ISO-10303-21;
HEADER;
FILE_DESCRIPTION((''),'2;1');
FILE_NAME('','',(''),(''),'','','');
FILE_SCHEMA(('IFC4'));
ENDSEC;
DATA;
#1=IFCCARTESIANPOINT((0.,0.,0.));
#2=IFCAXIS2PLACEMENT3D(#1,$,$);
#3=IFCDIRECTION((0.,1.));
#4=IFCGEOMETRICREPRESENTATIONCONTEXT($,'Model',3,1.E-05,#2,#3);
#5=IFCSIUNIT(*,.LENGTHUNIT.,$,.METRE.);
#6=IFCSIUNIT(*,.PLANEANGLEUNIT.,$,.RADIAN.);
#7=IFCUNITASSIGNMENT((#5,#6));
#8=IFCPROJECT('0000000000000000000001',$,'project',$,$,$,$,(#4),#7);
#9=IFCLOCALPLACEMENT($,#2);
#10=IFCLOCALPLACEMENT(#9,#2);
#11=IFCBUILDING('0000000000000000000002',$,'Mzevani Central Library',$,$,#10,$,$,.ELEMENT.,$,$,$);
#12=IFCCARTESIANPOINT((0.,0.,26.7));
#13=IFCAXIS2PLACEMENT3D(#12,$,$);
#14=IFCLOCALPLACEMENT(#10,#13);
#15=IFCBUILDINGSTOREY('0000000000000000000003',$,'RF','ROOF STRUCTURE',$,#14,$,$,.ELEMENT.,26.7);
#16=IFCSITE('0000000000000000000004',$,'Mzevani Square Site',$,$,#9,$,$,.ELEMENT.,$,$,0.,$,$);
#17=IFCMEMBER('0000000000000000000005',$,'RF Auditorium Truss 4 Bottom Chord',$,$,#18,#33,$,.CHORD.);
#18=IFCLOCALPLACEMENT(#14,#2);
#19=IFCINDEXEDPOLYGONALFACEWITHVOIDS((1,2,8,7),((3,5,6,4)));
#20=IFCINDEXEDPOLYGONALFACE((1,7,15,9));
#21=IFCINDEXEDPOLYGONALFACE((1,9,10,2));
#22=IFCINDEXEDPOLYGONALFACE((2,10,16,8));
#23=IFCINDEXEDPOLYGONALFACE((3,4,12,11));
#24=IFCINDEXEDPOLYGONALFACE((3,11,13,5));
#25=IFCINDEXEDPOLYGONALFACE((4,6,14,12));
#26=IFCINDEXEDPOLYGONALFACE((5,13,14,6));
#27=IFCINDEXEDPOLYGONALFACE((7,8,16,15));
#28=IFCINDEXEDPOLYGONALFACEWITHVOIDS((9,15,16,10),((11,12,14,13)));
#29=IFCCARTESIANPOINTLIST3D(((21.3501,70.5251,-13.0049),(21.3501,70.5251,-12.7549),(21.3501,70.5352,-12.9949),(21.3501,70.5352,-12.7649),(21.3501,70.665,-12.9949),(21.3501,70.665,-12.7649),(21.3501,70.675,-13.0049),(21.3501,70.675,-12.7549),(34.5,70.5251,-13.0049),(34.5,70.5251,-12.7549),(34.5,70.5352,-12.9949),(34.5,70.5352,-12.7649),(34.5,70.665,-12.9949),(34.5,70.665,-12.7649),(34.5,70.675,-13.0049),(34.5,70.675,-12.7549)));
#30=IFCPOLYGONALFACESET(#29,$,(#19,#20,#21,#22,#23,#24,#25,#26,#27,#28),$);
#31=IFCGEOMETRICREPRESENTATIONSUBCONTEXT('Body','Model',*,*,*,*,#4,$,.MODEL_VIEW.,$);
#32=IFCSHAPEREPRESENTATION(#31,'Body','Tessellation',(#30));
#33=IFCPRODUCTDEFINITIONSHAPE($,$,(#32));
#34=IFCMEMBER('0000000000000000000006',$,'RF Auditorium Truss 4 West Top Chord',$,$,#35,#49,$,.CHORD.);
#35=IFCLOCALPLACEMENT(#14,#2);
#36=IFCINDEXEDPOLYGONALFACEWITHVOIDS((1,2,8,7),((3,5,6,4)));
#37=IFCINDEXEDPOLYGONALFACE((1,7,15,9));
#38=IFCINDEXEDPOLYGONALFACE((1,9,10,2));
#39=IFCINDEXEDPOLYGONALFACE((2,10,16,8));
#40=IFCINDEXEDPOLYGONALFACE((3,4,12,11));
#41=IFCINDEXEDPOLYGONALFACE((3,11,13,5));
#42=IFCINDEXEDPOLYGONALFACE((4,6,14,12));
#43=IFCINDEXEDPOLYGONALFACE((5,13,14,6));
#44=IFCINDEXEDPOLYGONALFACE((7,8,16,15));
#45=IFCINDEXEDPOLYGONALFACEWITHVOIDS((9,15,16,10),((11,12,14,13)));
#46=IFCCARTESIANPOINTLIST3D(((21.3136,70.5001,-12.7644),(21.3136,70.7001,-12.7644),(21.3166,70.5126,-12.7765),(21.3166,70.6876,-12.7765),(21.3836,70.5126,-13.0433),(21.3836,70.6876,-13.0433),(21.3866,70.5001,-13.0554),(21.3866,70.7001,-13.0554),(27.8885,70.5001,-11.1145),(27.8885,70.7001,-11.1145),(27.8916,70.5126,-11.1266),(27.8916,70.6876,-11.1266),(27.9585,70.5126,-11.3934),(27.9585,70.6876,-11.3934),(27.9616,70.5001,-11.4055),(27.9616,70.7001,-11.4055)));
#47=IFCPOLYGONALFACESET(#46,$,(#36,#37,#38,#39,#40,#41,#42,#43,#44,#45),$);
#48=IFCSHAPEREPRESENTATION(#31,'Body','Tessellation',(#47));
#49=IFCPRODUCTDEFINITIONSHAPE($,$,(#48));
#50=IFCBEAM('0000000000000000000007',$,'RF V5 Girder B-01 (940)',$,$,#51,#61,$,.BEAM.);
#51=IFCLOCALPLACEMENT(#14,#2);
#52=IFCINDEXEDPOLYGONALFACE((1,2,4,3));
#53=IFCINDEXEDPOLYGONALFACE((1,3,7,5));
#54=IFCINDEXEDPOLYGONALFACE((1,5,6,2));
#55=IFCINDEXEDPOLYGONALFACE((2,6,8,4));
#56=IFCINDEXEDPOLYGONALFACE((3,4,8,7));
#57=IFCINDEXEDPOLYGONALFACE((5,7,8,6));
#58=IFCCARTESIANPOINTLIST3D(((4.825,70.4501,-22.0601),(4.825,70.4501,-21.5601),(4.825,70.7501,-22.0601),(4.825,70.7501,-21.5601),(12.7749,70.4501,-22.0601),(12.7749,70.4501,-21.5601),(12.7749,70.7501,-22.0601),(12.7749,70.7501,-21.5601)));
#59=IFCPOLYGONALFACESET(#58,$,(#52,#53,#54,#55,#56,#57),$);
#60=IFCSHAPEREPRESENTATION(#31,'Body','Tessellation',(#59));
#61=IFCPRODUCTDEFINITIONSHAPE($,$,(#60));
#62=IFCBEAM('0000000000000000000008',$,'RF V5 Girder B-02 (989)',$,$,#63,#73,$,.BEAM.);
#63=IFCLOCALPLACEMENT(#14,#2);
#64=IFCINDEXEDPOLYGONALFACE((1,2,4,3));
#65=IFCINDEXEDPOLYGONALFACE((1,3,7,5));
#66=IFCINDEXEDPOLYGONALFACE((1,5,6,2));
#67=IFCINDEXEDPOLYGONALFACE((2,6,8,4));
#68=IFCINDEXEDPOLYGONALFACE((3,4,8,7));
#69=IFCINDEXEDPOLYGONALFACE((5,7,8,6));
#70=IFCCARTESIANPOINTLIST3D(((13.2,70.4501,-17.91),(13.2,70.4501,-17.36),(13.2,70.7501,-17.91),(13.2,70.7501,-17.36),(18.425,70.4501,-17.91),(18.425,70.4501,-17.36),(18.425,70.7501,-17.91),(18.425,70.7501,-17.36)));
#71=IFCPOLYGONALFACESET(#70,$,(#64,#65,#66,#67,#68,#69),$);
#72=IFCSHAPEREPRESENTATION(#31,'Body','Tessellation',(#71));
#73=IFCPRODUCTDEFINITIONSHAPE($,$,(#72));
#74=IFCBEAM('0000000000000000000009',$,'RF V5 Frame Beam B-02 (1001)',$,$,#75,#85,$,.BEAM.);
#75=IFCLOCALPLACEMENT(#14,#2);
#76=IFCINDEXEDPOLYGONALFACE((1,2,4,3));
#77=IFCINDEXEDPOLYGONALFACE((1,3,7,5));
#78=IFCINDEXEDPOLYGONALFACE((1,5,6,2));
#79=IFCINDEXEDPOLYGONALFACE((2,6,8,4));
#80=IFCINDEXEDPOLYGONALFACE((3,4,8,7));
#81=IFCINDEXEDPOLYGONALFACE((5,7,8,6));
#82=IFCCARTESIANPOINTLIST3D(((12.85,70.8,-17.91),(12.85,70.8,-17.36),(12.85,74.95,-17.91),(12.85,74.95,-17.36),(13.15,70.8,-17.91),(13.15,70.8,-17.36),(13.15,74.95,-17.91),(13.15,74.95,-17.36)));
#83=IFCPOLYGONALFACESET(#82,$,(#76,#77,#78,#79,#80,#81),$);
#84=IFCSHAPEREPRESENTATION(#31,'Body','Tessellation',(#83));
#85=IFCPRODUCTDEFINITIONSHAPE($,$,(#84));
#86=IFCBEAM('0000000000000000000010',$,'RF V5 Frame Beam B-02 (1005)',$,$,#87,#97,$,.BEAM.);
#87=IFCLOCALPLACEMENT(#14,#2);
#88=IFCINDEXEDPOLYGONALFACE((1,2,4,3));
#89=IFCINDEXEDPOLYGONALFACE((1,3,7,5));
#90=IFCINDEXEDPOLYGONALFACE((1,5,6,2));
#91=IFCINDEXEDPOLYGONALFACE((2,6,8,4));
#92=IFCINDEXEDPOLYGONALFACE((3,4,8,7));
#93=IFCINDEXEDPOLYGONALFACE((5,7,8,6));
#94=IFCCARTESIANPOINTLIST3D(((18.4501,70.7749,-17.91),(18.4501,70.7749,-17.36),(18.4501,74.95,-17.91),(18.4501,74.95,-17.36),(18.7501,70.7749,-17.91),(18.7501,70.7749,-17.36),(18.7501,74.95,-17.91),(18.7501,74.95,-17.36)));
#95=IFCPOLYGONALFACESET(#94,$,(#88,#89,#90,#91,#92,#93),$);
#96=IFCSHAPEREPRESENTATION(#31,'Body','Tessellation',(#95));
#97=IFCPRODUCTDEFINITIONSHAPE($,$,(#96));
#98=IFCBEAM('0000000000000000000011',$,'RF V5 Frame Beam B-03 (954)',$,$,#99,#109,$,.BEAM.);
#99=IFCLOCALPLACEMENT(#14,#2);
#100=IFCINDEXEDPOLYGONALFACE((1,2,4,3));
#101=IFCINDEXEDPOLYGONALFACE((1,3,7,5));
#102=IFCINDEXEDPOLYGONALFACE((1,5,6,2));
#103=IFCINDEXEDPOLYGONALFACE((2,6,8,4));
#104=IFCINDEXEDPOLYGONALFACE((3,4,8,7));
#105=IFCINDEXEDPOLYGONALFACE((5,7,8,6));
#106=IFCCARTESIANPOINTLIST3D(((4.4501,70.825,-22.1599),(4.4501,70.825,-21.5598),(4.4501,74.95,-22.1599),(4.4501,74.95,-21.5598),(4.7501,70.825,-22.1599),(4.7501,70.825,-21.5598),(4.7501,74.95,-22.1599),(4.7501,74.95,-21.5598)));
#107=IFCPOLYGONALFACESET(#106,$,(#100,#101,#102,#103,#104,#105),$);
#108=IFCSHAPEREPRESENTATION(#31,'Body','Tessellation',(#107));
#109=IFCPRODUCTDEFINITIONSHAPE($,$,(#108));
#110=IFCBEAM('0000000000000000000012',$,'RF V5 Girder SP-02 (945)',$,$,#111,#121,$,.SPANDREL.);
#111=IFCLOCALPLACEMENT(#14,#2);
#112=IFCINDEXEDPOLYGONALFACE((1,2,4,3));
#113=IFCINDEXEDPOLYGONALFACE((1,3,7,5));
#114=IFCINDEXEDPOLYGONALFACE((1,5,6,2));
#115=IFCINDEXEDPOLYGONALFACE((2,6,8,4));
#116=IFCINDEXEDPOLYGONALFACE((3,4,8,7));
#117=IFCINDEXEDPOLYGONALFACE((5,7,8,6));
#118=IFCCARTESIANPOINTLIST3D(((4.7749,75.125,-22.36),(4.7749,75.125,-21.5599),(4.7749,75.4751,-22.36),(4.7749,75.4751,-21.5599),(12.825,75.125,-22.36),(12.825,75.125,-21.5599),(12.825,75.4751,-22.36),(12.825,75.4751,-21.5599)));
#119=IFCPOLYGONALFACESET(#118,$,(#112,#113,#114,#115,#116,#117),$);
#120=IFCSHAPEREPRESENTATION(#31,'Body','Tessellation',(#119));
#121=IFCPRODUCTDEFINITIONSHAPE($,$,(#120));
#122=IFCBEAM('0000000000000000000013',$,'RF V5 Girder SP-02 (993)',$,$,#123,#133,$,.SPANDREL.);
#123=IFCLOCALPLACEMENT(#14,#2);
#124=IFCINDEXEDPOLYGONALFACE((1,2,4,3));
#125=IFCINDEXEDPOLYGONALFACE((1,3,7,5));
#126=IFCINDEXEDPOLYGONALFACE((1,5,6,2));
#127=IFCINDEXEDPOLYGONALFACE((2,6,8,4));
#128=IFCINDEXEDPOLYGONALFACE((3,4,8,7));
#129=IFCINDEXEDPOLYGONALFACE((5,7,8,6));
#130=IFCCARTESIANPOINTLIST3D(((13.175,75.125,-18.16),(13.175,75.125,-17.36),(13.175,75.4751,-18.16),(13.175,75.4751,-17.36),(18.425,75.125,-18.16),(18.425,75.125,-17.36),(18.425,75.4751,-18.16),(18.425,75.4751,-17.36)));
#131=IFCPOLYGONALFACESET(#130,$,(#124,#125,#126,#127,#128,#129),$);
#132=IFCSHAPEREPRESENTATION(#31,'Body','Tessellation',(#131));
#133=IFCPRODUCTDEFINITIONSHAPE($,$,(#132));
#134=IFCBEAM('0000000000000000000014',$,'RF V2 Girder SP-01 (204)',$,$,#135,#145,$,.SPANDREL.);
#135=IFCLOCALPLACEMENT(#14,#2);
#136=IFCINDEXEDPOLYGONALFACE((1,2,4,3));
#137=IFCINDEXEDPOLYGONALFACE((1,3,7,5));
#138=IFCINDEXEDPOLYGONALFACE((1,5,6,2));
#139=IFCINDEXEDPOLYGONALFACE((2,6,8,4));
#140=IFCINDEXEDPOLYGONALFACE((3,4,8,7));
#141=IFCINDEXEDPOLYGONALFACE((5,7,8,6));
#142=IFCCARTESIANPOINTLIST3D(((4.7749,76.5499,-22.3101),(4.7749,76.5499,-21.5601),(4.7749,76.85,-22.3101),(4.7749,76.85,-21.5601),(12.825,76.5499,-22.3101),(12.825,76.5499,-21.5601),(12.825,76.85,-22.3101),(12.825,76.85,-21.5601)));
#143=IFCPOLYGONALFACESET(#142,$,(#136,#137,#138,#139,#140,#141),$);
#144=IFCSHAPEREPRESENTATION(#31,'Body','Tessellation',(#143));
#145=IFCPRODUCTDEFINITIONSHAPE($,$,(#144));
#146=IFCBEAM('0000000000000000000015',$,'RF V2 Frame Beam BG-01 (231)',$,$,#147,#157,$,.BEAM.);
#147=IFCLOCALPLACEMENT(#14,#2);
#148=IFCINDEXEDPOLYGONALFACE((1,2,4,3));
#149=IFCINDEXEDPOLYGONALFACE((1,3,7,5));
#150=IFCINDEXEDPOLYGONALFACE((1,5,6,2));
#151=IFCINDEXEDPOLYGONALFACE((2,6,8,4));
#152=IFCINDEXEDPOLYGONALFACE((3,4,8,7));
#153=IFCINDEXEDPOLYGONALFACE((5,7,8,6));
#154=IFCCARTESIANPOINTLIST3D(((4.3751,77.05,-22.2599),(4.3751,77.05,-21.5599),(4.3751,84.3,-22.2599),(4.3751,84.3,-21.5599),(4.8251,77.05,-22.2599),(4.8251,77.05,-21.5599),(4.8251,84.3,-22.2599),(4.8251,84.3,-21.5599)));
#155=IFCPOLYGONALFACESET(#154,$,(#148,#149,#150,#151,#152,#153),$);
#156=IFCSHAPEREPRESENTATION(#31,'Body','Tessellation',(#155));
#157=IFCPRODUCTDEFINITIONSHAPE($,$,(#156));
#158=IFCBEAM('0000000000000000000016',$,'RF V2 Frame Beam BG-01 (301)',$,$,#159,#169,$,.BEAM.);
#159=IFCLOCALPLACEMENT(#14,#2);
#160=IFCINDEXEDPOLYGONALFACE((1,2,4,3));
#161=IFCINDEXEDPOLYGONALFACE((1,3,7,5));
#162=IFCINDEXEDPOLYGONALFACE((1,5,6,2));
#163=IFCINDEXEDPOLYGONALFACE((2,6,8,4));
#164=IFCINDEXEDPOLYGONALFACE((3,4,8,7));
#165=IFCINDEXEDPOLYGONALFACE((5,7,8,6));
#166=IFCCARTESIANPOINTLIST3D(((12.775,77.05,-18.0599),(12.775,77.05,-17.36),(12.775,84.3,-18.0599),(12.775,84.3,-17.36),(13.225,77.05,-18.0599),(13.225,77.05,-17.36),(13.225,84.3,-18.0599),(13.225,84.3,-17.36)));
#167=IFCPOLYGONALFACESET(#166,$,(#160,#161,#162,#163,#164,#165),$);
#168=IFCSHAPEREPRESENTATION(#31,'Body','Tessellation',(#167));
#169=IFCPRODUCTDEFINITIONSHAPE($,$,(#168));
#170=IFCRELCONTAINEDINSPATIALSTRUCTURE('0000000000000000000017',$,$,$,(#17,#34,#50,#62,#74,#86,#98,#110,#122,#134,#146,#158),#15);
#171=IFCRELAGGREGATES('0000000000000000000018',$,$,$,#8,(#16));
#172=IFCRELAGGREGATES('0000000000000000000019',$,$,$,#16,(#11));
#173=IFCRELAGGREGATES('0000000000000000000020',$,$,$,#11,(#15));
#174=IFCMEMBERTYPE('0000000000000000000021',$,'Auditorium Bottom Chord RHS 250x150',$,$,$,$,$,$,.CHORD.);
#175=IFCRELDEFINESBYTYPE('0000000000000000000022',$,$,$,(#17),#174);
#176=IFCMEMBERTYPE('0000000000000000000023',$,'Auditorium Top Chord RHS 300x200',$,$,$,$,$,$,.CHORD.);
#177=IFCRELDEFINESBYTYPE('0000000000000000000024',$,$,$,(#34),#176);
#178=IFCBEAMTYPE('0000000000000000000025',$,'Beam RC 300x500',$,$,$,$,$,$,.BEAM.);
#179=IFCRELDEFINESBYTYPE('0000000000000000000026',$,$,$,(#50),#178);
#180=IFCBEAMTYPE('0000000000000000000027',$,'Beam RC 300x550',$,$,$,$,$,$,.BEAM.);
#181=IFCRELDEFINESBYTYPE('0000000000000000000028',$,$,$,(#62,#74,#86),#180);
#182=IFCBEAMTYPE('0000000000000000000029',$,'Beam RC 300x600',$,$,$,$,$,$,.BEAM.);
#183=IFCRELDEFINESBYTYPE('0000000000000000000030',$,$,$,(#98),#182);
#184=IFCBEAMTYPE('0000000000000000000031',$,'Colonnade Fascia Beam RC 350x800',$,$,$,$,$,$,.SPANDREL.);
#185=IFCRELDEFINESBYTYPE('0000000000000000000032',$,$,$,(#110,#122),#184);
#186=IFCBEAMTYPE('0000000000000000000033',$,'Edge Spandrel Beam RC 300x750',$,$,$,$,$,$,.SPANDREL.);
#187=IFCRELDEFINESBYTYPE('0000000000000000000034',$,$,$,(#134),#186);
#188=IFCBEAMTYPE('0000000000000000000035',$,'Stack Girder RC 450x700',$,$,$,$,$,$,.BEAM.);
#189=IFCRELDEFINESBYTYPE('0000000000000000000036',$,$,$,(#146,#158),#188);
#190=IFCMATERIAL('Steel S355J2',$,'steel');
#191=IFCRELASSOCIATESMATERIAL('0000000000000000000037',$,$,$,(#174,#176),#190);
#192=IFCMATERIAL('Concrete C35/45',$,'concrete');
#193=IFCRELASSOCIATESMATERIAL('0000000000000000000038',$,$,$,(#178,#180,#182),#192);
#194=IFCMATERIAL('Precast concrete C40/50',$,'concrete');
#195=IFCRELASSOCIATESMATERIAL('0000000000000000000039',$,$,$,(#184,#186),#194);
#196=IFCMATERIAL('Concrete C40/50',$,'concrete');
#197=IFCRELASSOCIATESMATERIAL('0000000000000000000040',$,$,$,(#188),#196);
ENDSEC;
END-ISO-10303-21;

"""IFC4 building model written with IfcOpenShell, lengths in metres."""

from ifc_helpers import new_model, si_unit, direction, frame, origin, origin_2d, place, context, subcontext, project, spatial, rectangle, hollow_rectangle, extrude, material, material_profile, profile_set, type_object, element, save


model = new_model("IFC4")

# Units and contexts
model_context = context("Model", 3, precision=1e-05, world=origin(), true_north=direction((0.0, 1.0)))
body_context = subcontext(model_context, "Body", "Model", "MODEL_VIEW")
ifc_project = project(units=[si_unit("LENGTHUNIT", "METRE"), si_unit("PLANEANGLEUNIT", "RADIAN")], contexts=[model_context])

# Site, building, storey
site_placement = place(None, origin())
site = spatial("IfcSite", under=ifc_project, at=site_placement, Name="Mzevani Square Site", CompositionType="ELEMENT", RefElevation=0.0)
building_placement = place(site_placement, origin())
building = spatial("IfcBuilding", under=site, at=building_placement, Name="Mzevani Central Library", CompositionType="ELEMENT")
storey_placement = place(building_placement, frame((0.0, 0.0, 26.7)))
storey = spatial("IfcBuildingStorey", under=building, at=storey_placement, Name="RF", Description="ROOF STRUCTURE", CompositionType="ELEMENT", Elevation=26.7)

# Members
ifc_material_1 = material(Name="Steel S355J2", Category="steel")
ifc_material_profile_1 = material_profile(ifc_material_1, hollow_rectangle(XDim=0.1499, YDim=0.25, WallThickness=0.01, at=origin_2d()), Name="RHS 250x150x10.0")
ifc_profile_set_1 = profile_set([ifc_material_profile_1], Name="Steel S355J2")
member_type_1 = type_object("IfcMemberType", Name="Auditorium Bottom Chord RHS 250x150", PredefinedType="CHORD", material=ifc_profile_set_1)
member_1_placement = place(storey_placement, frame((21.3501, 70.6001, -12.8799), z_axis=(1.0, 0.0, 0.0), x_axis=(0.0, 1.0, 0.0)))
element("IfcMember", 1, at=member_1_placement, inside=storey, type_object=member_type_1, Name="RF Auditorium Truss 4 Bottom Chord", PredefinedType="CHORD", context=body_context, shape_type="SweptSolid", body=[
    extrude(hollow_rectangle(XDim=0.1499, YDim=0.25, WallThickness=0.01, at=origin_2d()), origin(), (0.0, 0.0, 1.0), 13.1499),
])
ifc_material_profile_2 = material_profile(ifc_material_1, hollow_rectangle(XDim=0.2, YDim=0.3, WallThickness=0.0125, at=origin_2d()), Name="RHS 300x200x12.5")
ifc_profile_set_2 = profile_set([ifc_material_profile_2], Name="Steel S355J2")
member_type_2 = type_object("IfcMemberType", Name="Auditorium Top Chord RHS 300x200", PredefinedType="CHORD", material=ifc_profile_set_2)
member_2_placement = place(storey_placement, frame((21.3501, 70.6001, -12.9099), z_axis=(0.969928, 0.0, 0.243391), x_axis=(0.0, 1.0, 0.0)))
element("IfcMember", 2, at=member_2_placement, inside=storey, type_object=member_type_2, Name="RF Auditorium Truss 4 West Top Chord", PredefinedType="CHORD", context=body_context, shape_type="SweptSolid", body=[
    extrude(hollow_rectangle(XDim=0.2, YDim=0.3, WallThickness=0.0125, at=origin_2d()), origin(), (0.0, 0.0, 1.0), 6.7788),
])

# Beams
ifc_material_2 = material(Name="Concrete C35/45", Category="concrete")
ifc_material_profile_3 = material_profile(ifc_material_2, rectangle(XDim=0.3, YDim=0.5, at=origin_2d()), Name="RC B300x500")
ifc_profile_set_3 = profile_set([ifc_material_profile_3], Name="Concrete C35/45")
beam_type_1 = type_object("IfcBeamType", Name="Beam RC 300x500", PredefinedType="BEAM", material=ifc_profile_set_3)
beam_1_placement = place(storey_placement, frame((4.825, 70.6001, -21.8101), z_axis=(1.0, 0.0, 0.0), x_axis=(0.0, 1.0, 0.0)))
element("IfcBeam", 3, at=beam_1_placement, inside=storey, type_object=beam_type_1, Name="RF V5 Girder B-01 (940)", PredefinedType="BEAM", context=body_context, shape_type="SweptSolid", body=[
    extrude(rectangle(XDim=0.3, YDim=0.5, at=origin_2d()), origin(), (0.0, 0.0, 1.0), 7.95),
])
ifc_material_profile_4 = material_profile(ifc_material_2, rectangle(XDim=0.3, YDim=0.55, at=origin_2d()), Name="RC B300x550")
ifc_profile_set_4 = profile_set([ifc_material_profile_4], Name="Concrete C35/45")
beam_type_2 = type_object("IfcBeamType", Name="Beam RC 300x550", PredefinedType="BEAM", material=ifc_profile_set_4)
beam_2_placement = place(storey_placement, frame((13.2, 70.6001, -17.635), z_axis=(1.0, 0.0, 0.0), x_axis=(0.0, 1.0, 0.0)))
element("IfcBeam", 4, at=beam_2_placement, inside=storey, type_object=beam_type_2, Name="RF V5 Girder B-02 (989)", PredefinedType="BEAM", context=body_context, shape_type="SweptSolid", body=[
    extrude(rectangle(XDim=0.3, YDim=0.55, at=origin_2d()), origin(), (0.0, 0.0, 1.0), 5.2251),
])
beam_3_placement = place(storey_placement, frame((13.0, 70.8, -17.635), z_axis=(0.0, 1.0, 0.0), x_axis=(-1.0, 0.0, 0.0)))
element("IfcBeam", 5, at=beam_3_placement, inside=storey, type_object=beam_type_2, Name="RF V5 Frame Beam B-02 (1001)", PredefinedType="BEAM", context=body_context, shape_type="SweptSolid", body=[
    extrude(rectangle(XDim=0.3, YDim=0.55, at=origin_2d()), origin(), (0.0, 0.0, 1.0), 4.1499),
])
beam_4_placement = place(storey_placement, frame((18.6001, 70.7749, -17.635), z_axis=(0.0, 1.0, 0.0), x_axis=(-1.0, 0.0, 0.0)))
element("IfcBeam", 6, at=beam_4_placement, inside=storey, type_object=beam_type_2, Name="RF V5 Frame Beam B-02 (1005)", PredefinedType="BEAM", context=body_context, shape_type="SweptSolid", body=[
    extrude(rectangle(XDim=0.3, YDim=0.55, at=origin_2d()), origin(), (0.0, 0.0, 1.0), 4.175),
])
ifc_material_profile_5 = material_profile(ifc_material_2, rectangle(XDim=0.3, YDim=0.6001, at=origin_2d()), Name="RC B300x600")
ifc_profile_set_5 = profile_set([ifc_material_profile_5], Name="Concrete C35/45")
beam_type_3 = type_object("IfcBeamType", Name="Beam RC 300x600", PredefinedType="BEAM", material=ifc_profile_set_5)
beam_5_placement = place(storey_placement, frame((4.6001, 70.825, -21.8599), z_axis=(0.0, 1.0, 0.0), x_axis=(-1.0, 0.0, 0.0)))
element("IfcBeam", 7, at=beam_5_placement, inside=storey, type_object=beam_type_3, Name="RF V5 Frame Beam B-03 (954)", PredefinedType="BEAM", context=body_context, shape_type="SweptSolid", body=[
    extrude(rectangle(XDim=0.3, YDim=0.6001, at=origin_2d()), origin(), (0.0, 0.0, 1.0), 4.125),
])
ifc_material_3 = material(Name="Precast concrete C40/50", Category="concrete")
ifc_material_profile_6 = material_profile(ifc_material_3, rectangle(XDim=0.3501, YDim=0.8, at=origin_2d()), Name="RC SP350x800")
ifc_profile_set_6 = profile_set([ifc_material_profile_6], Name="Precast concrete C40/50")
beam_type_4 = type_object("IfcBeamType", Name="Colonnade Fascia Beam RC 350x800", PredefinedType="SPANDREL", material=ifc_profile_set_6)
beam_6_placement = place(storey_placement, frame((4.7749, 75.3, -21.96), z_axis=(1.0, 0.0, 0.0), x_axis=(0.0, 1.0, 0.0)))
element("IfcBeam", 8, at=beam_6_placement, inside=storey, type_object=beam_type_4, Name="RF V5 Girder SP-02 (945)", PredefinedType="SPANDREL", context=body_context, shape_type="SweptSolid", body=[
    extrude(rectangle(XDim=0.3501, YDim=0.8, at=origin_2d()), origin(), (0.0, 0.0, 1.0), 8.05),
])
beam_7_placement = place(storey_placement, frame((13.175, 75.3, -17.76), z_axis=(1.0, 0.0, 0.0), x_axis=(0.0, 1.0, 0.0)))
element("IfcBeam", 9, at=beam_7_placement, inside=storey, type_object=beam_type_4, Name="RF V5 Girder SP-02 (993)", PredefinedType="SPANDREL", context=body_context, shape_type="SweptSolid", body=[
    extrude(rectangle(XDim=0.3501, YDim=0.8, at=origin_2d()), origin(), (0.0, 0.0, 1.0), 5.25),
])
ifc_material_profile_7 = material_profile(ifc_material_3, rectangle(XDim=0.3, YDim=0.75, at=origin_2d()), Name="RC SP300x750")
ifc_profile_set_7 = profile_set([ifc_material_profile_7], Name="Precast concrete C40/50")
beam_type_5 = type_object("IfcBeamType", Name="Edge Spandrel Beam RC 300x750", PredefinedType="SPANDREL", material=ifc_profile_set_7)
beam_8_placement = place(storey_placement, frame((4.7749, 76.7, -21.9351), z_axis=(1.0, 0.0, 0.0), x_axis=(0.0, 1.0, 0.0)))
element("IfcBeam", 10, at=beam_8_placement, inside=storey, type_object=beam_type_5, Name="RF V2 Girder SP-01 (204)", PredefinedType="SPANDREL", context=body_context, shape_type="SweptSolid", body=[
    extrude(rectangle(XDim=0.3, YDim=0.75, at=origin_2d()), origin(), (0.0, 0.0, 1.0), 8.05),
])
ifc_material_4 = material(Name="Concrete C40/50", Category="concrete")
ifc_material_profile_8 = material_profile(ifc_material_4, rectangle(XDim=0.45, YDim=0.7, at=origin_2d()), Name="RC B450x700")
ifc_profile_set_8 = profile_set([ifc_material_profile_8], Name="Concrete C40/50")
beam_type_6 = type_object("IfcBeamType", Name="Stack Girder RC 450x700", PredefinedType="BEAM", material=ifc_profile_set_8)
for number, where, z_axis, x_axis, name in (
    (11, (4.6001, 77.05, -21.9099), (0.0, 1.0, 0.0), (-1.0, 0.0, 0.0), "RF V2 Frame Beam BG-01 (231)"),
    (12, (13.0, 77.05, -17.71), (0.0, 1.0, 0.0), (-1.0, 0.0, 0.0), "RF V2 Frame Beam BG-01 (301)"),
):
    element("IfcBeam", number, at=place(storey_placement, frame(where, z_axis=z_axis, x_axis=x_axis)), inside=storey, type_object=beam_type_6, Name=name, PredefinedType="BEAM", context=body_context, shape_type="SweptSolid", body=[
        extrude(rectangle(XDim=0.45, YDim=0.7, at=origin_2d()), origin(), (0.0, 0.0, 1.0), 7.25),
    ])

save(model, "model.ifc")
